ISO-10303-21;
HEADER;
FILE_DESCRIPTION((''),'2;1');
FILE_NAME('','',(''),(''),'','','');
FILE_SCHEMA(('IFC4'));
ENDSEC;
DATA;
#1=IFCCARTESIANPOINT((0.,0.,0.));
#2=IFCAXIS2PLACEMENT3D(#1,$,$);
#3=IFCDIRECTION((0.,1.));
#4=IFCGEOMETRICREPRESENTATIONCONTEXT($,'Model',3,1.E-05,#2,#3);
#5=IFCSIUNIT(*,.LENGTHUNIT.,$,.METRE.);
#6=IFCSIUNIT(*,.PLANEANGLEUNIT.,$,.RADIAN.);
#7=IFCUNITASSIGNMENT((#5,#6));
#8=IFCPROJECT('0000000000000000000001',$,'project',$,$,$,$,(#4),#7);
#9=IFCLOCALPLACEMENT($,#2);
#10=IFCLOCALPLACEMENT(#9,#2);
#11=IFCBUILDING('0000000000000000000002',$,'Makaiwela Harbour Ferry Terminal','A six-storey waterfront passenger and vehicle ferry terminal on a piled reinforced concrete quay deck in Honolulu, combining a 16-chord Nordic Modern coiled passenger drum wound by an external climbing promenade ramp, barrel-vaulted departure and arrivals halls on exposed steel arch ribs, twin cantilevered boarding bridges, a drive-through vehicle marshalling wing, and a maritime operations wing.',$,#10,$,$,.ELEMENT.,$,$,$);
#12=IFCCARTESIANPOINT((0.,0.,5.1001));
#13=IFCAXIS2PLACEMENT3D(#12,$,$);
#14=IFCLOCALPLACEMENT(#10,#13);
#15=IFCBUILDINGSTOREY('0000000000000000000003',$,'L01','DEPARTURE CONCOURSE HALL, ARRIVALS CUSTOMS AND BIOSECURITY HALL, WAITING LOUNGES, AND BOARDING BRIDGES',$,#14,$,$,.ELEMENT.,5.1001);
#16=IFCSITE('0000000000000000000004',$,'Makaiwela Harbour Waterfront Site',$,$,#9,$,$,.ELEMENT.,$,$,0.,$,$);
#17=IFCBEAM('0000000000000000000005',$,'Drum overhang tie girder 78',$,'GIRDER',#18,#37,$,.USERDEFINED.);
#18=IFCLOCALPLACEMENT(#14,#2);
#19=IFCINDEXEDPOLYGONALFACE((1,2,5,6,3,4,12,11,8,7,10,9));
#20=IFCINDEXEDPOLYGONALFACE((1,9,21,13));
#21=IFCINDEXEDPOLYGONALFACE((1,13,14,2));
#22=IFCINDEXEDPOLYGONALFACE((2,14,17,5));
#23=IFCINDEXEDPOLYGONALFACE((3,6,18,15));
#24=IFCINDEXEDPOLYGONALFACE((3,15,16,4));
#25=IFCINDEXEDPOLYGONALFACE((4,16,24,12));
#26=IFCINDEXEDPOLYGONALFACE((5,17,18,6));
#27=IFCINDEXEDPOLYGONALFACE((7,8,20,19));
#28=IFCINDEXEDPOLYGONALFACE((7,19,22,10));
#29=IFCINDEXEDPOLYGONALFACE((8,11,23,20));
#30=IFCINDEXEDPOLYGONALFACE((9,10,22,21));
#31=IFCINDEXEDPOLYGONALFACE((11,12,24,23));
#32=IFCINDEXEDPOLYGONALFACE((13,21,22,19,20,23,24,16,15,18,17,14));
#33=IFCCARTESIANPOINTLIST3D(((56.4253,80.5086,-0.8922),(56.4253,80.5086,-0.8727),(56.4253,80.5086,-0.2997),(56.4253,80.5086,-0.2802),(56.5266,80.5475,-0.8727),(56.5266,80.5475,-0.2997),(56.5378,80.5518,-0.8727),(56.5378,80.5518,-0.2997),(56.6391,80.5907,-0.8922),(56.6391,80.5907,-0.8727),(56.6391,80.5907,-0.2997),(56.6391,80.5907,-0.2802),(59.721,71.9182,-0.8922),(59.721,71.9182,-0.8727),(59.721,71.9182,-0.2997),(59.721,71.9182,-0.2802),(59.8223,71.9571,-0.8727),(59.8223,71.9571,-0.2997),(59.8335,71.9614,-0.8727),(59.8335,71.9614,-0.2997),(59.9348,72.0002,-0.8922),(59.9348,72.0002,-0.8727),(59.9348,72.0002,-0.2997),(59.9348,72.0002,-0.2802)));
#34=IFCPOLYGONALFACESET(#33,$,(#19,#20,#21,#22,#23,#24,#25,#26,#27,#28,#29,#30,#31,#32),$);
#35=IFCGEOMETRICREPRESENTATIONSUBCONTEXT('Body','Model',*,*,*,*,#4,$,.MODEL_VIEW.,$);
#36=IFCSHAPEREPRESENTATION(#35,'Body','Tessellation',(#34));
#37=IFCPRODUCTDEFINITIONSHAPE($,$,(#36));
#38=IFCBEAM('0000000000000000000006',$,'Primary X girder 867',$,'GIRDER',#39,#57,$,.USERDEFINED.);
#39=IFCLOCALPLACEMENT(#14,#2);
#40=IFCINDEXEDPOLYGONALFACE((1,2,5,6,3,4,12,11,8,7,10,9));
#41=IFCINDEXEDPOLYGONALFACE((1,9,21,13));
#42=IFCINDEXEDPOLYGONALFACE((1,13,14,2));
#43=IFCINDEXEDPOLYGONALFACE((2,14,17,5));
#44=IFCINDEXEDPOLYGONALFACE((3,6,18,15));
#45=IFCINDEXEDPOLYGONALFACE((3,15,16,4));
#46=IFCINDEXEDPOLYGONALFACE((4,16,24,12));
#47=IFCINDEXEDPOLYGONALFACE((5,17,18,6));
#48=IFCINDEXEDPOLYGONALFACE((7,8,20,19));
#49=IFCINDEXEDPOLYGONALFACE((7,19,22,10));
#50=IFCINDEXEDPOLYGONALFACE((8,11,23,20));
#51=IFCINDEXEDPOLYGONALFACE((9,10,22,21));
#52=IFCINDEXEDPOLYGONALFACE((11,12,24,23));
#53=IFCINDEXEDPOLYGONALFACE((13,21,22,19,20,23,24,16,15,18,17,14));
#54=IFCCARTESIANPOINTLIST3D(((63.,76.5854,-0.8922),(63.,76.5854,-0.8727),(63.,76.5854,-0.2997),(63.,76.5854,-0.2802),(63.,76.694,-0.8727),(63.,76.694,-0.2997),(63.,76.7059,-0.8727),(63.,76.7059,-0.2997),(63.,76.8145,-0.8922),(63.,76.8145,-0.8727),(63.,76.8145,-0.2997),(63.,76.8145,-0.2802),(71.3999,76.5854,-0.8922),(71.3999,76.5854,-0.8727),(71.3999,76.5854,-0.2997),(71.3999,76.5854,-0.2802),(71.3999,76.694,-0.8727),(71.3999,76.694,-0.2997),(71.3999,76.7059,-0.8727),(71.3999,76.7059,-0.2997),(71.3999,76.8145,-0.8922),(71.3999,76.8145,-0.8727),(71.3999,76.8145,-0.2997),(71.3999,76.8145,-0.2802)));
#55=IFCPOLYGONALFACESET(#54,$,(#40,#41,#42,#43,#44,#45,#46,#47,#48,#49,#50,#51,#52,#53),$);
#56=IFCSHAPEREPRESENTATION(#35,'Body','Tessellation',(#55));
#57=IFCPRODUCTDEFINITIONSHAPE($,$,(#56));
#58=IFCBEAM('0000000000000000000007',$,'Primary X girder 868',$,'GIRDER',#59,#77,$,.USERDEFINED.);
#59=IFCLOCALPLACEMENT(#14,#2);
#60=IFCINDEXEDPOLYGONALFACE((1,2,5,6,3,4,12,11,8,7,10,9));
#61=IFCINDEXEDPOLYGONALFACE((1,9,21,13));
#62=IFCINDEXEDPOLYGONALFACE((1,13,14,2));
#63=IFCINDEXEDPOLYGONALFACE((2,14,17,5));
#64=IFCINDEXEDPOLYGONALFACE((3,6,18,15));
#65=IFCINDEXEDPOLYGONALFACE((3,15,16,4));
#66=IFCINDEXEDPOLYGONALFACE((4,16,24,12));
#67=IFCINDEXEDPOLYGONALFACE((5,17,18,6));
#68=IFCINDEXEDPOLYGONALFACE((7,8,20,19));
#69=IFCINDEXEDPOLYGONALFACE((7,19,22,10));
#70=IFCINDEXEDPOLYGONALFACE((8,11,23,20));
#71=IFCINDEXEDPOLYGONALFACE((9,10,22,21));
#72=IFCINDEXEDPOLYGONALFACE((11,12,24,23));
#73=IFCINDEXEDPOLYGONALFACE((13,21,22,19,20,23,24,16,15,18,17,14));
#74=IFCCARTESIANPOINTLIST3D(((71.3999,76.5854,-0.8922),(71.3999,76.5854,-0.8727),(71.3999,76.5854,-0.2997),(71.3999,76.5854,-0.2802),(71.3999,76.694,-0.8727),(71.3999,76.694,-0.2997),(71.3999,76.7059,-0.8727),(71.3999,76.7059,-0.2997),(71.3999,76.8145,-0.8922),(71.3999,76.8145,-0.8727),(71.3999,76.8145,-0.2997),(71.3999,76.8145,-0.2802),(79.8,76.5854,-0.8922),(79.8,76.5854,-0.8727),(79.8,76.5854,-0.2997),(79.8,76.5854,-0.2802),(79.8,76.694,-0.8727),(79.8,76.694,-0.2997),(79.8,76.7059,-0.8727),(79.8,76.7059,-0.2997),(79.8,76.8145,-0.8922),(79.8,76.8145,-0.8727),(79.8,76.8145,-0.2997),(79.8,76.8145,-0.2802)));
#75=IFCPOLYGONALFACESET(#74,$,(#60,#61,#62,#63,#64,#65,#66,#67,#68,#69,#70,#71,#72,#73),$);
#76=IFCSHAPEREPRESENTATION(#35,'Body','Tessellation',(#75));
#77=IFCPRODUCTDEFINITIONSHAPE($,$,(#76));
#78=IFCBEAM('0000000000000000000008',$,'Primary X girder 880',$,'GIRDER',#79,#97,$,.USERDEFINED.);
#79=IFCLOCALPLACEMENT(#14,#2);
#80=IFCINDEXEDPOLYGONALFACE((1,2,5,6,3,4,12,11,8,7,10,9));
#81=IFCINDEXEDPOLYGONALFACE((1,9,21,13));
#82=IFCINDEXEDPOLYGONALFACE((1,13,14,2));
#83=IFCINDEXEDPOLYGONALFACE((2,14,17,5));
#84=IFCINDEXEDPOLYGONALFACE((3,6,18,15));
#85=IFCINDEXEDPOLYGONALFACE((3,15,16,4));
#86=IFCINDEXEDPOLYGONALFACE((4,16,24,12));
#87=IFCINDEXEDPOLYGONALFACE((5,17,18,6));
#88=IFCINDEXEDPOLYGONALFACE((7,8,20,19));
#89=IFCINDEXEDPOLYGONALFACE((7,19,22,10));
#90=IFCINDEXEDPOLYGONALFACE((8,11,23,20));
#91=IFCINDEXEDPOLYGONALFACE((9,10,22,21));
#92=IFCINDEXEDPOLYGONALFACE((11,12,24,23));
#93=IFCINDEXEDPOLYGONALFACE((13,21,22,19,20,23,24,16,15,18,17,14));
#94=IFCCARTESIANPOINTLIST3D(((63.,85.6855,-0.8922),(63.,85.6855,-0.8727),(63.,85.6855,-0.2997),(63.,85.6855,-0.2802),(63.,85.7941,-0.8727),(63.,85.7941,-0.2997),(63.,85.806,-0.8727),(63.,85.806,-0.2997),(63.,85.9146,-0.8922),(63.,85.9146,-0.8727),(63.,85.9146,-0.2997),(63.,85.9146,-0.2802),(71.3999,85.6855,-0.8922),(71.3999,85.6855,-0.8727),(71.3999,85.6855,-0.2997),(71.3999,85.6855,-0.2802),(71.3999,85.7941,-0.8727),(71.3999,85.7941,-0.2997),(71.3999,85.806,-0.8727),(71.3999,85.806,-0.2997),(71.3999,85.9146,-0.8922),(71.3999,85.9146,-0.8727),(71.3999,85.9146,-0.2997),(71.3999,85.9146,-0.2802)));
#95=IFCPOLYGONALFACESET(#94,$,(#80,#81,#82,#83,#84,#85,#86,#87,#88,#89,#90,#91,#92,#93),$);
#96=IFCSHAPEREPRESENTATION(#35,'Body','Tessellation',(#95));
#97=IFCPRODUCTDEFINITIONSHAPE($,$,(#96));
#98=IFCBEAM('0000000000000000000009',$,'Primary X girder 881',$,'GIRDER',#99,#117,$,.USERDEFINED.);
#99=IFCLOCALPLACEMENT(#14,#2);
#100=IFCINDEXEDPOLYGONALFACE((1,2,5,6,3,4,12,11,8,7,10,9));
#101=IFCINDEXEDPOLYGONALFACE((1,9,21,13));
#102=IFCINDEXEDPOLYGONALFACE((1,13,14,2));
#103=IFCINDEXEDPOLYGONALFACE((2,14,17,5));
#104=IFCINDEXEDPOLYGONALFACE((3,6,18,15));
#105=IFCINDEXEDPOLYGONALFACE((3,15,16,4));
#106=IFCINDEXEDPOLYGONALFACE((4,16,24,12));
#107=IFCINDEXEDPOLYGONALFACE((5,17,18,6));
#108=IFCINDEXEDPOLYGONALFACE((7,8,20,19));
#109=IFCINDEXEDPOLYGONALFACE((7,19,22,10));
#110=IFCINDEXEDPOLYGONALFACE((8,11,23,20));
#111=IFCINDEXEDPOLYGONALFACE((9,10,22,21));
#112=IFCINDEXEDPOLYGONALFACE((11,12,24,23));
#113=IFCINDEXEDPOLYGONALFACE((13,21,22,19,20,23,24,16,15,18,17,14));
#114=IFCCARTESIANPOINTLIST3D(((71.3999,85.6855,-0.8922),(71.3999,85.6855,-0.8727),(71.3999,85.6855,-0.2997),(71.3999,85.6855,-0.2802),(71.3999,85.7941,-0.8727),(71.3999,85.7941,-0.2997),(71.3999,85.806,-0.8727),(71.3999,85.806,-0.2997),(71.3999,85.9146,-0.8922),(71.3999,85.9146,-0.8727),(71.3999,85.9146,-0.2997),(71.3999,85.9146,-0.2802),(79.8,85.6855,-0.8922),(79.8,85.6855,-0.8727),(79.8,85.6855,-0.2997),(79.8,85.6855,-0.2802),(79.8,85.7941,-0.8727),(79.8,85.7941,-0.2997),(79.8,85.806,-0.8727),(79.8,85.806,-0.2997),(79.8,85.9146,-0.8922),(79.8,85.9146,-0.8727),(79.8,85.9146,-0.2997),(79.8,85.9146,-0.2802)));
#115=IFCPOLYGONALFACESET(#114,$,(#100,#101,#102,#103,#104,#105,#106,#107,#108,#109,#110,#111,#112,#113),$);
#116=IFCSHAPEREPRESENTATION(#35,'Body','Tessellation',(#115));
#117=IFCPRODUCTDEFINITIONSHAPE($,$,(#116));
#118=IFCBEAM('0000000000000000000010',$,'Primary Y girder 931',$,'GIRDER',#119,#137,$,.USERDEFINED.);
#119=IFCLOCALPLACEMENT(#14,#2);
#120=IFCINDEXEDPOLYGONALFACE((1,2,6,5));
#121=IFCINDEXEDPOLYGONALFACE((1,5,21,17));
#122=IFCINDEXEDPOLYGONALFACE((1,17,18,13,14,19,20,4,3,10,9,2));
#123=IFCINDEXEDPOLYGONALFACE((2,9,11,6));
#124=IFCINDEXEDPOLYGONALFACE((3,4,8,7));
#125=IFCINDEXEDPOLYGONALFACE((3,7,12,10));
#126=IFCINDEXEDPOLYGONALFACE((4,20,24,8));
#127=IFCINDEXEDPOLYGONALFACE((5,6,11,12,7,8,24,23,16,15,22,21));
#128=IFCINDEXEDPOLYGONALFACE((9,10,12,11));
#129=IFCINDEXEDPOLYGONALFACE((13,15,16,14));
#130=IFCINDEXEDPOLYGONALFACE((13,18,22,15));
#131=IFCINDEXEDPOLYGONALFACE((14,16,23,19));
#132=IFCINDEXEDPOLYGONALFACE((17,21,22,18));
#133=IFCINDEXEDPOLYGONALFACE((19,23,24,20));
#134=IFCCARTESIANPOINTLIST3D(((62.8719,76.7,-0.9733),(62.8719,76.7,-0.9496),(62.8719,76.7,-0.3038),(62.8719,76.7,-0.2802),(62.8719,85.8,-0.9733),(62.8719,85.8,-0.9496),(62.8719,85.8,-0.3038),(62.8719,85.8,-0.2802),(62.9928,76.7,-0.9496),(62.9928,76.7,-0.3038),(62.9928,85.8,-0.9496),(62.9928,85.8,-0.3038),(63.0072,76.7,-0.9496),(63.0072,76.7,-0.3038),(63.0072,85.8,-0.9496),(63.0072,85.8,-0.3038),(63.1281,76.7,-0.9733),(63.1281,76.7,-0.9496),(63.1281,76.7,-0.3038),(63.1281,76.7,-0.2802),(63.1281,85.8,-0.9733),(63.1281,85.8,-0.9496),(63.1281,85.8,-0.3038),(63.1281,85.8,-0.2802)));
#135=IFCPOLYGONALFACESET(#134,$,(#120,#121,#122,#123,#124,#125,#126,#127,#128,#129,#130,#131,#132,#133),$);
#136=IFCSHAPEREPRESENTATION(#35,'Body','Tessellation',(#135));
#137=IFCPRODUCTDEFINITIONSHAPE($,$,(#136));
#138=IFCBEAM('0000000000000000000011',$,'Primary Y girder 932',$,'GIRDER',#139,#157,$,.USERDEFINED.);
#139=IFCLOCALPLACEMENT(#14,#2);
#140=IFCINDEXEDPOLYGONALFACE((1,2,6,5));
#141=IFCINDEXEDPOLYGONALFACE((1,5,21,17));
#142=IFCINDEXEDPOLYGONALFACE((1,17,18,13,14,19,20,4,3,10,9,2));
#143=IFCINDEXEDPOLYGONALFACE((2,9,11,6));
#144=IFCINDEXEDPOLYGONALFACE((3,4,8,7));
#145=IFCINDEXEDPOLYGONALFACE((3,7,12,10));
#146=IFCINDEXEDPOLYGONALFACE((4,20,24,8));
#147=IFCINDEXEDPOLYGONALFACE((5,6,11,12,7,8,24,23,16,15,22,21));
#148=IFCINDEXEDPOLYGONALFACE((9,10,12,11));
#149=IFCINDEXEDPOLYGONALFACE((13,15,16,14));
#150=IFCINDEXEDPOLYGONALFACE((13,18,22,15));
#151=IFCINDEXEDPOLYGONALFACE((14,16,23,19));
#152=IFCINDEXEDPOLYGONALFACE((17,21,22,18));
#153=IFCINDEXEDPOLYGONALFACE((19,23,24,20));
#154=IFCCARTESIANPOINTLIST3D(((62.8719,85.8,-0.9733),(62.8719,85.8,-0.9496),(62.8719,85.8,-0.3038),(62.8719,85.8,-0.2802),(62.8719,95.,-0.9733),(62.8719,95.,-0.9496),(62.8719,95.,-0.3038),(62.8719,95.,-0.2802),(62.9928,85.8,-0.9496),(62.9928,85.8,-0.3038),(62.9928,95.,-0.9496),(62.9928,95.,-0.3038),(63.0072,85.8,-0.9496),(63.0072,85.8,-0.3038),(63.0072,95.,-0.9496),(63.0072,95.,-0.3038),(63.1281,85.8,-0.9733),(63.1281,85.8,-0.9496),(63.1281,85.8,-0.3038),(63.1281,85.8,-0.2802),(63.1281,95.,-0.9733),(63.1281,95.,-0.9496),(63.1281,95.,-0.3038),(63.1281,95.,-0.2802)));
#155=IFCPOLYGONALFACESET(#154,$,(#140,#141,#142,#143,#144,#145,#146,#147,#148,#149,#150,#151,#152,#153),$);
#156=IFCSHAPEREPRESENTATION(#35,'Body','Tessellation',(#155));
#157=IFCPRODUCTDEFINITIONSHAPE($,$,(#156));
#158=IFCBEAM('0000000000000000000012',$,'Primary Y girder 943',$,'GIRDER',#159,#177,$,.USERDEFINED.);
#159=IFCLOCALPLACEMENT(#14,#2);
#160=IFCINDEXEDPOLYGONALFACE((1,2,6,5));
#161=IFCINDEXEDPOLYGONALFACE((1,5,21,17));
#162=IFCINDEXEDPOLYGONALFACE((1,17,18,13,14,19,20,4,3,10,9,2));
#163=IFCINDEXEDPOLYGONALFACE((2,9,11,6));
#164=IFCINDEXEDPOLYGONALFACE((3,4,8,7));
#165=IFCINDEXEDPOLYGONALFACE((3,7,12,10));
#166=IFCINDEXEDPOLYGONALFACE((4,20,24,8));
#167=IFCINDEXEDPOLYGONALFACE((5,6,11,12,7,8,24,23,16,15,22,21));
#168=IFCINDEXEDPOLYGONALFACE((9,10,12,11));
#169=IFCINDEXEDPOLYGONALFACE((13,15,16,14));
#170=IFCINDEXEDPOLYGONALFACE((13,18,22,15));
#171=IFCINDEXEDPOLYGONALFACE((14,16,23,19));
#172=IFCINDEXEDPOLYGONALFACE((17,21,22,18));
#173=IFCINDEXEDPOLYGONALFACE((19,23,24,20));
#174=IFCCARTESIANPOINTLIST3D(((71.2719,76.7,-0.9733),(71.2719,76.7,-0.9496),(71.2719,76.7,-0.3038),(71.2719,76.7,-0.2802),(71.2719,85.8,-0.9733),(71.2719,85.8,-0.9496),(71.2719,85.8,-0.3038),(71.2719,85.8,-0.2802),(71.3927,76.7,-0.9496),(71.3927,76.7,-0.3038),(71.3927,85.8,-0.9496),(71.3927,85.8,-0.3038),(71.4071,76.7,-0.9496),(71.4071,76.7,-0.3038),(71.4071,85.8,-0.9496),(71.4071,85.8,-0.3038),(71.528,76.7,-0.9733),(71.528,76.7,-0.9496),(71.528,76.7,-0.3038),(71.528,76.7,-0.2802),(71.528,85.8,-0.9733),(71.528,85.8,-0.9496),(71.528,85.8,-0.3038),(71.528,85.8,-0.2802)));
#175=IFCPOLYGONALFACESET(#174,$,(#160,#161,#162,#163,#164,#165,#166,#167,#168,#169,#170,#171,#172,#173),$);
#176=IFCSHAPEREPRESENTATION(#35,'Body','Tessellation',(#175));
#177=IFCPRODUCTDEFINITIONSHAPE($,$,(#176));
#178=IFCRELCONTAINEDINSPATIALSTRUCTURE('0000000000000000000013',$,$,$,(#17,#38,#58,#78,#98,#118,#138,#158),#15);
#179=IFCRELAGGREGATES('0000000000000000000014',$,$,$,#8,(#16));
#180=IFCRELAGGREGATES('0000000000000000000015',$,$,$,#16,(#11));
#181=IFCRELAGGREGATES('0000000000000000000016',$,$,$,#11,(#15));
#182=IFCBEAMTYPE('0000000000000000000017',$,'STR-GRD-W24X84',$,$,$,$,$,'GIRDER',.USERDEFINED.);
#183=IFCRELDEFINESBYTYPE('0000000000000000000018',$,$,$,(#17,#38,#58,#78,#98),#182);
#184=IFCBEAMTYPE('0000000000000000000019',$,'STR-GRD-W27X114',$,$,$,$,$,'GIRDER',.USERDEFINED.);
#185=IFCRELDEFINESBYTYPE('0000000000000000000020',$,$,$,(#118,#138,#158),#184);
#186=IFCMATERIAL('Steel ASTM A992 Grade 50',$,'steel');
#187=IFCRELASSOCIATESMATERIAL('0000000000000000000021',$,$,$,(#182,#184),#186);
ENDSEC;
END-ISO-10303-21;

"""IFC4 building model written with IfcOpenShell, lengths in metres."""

from ifc_helpers import new_model, si_unit, direction, frame, origin, origin_2d, place, context, subcontext, project, spatial, i_section, extrude, material, material_profile, profile_set, type_object, element, save


model = new_model("IFC4")

# Units and contexts
model_context = context("Model", 3, precision=1e-05, world=origin(), true_north=direction((0.0, 1.0)))
body_context = subcontext(model_context, "Body", "Model", "MODEL_VIEW")
ifc_project = project(units=[si_unit("LENGTHUNIT", "METRE"), si_unit("PLANEANGLEUNIT", "RADIAN")], contexts=[model_context])

# Site, building, storey
site_placement = place(None, origin())
site = spatial("IfcSite", under=ifc_project, at=site_placement, Name="Makaiwela Harbour Waterfront Site", CompositionType="ELEMENT", RefElevation=0.0)
building_placement = place(site_placement, origin())
building = spatial("IfcBuilding", under=site, at=building_placement, Name="Makaiwela Harbour Ferry Terminal", Description="A six-storey waterfront passenger and vehicle ferry terminal on a piled reinforced concrete quay deck in Honolulu, combining a 16-chord Nordic Modern coiled passenger drum wound by an external climbing promenade ramp, barrel-vaulted departure and arrivals halls on exposed steel arch ribs, twin cantilevered boarding bridges, a drive-through vehicle marshalling wing, and a maritime operations wing.", CompositionType="ELEMENT")
storey_placement = place(building_placement, frame((0.0, 0.0, 5.1001)))
storey = spatial("IfcBuildingStorey", under=building, at=storey_placement, Name="L01", Description="DEPARTURE CONCOURSE HALL, ARRIVALS CUSTOMS AND BIOSECURITY HALL, WAITING LOUNGES, AND BOARDING BRIDGES", CompositionType="ELEMENT", Elevation=5.1001)

# Shared definitions
ifc_material_1 = material(Name="Steel ASTM A992 Grade 50", Category="steel")

# Beams
ifc_material_profile_1 = material_profile(ifc_material_1, i_section(OverallWidth=0.229, OverallDepth=0.6121, WebThickness=0.012, FlangeThickness=0.0195, at=origin_2d()), Name="W24X84")
ifc_profile_set_1 = profile_set([ifc_material_profile_1], Name="Steel ASTM A992 Grade 50")
beam_type_1 = type_object("IfcBeamType", Name="STR-GRD-W24X84", ElementType="GIRDER", PredefinedType="USERDEFINED", material=ifc_profile_set_1)
beam_1_placement = place(storey_placement, frame((59.8279, 71.9592, -0.5862), z_axis=(-0.358191, 0.933648, 0.0), x_axis=(-0.933648, -0.358191, 0.0)))
element("IfcBeam", 1, at=beam_1_placement, inside=storey, type_object=beam_type_1, Name="Drum overhang tie girder 78", ObjectType="GIRDER", PredefinedType="USERDEFINED", context=body_context, shape_type="SweptSolid", body=[
    extrude(i_section(OverallWidth=0.229, OverallDepth=0.6121, WebThickness=0.012, FlangeThickness=0.0195, at=origin_2d()), origin(), (0.0, 0.0, 1.0), 9.2009),
])
beam_2_placement = place(storey_placement, frame((63.0, 76.7, -0.5862), z_axis=(1.0, 0.0, 0.0), x_axis=(0.0, 1.0, 0.0)))
element("IfcBeam", 2, at=beam_2_placement, inside=storey, type_object=beam_type_1, Name="Primary X girder 867", ObjectType="GIRDER", PredefinedType="USERDEFINED", context=body_context, shape_type="SweptSolid", body=[
    extrude(i_section(OverallWidth=0.229, OverallDepth=0.6121, WebThickness=0.012, FlangeThickness=0.0195, at=origin_2d()), origin(), (0.0, 0.0, 1.0), 8.3999),
])
beam_3_placement = place(storey_placement, frame((71.3999, 76.7, -0.5862), z_axis=(1.0, 0.0, 0.0), x_axis=(0.0, 1.0, 0.0)))
element("IfcBeam", 3, at=beam_3_placement, inside=storey, type_object=beam_type_1, Name="Primary X girder 868", ObjectType="GIRDER", PredefinedType="USERDEFINED", context=body_context, shape_type="SweptSolid", body=[
    extrude(i_section(OverallWidth=0.229, OverallDepth=0.6121, WebThickness=0.012, FlangeThickness=0.0195, at=origin_2d()), origin(), (0.0, 0.0, 1.0), 8.4001),
])
beam_4_placement = place(storey_placement, frame((63.0, 85.8, -0.5862), z_axis=(1.0, 0.0, 0.0), x_axis=(0.0, 1.0, 0.0)))
element("IfcBeam", 4, at=beam_4_placement, inside=storey, type_object=beam_type_1, Name="Primary X girder 880", ObjectType="GIRDER", PredefinedType="USERDEFINED", context=body_context, shape_type="SweptSolid", body=[
    extrude(i_section(OverallWidth=0.229, OverallDepth=0.6121, WebThickness=0.012, FlangeThickness=0.0195, at=origin_2d()), origin(), (0.0, 0.0, 1.0), 8.3999),
])
beam_5_placement = place(storey_placement, frame((71.3999, 85.8, -0.5862), z_axis=(1.0, 0.0, 0.0), x_axis=(0.0, 1.0, 0.0)))
element("IfcBeam", 5, at=beam_5_placement, inside=storey, type_object=beam_type_1, Name="Primary X girder 881", ObjectType="GIRDER", PredefinedType="USERDEFINED", context=body_context, shape_type="SweptSolid", body=[
    extrude(i_section(OverallWidth=0.229, OverallDepth=0.6121, WebThickness=0.012, FlangeThickness=0.0195, at=origin_2d()), origin(), (0.0, 0.0, 1.0), 8.4001),
])
ifc_material_profile_2 = material_profile(ifc_material_1, i_section(OverallWidth=0.2561, OverallDepth=0.6931, WebThickness=0.0144, FlangeThickness=0.0237, at=origin_2d()), Name="W27X114")
ifc_profile_set_2 = profile_set([ifc_material_profile_2], Name="Steel ASTM A992 Grade 50")
beam_type_2 = type_object("IfcBeamType", Name="STR-GRD-W27X114", ElementType="GIRDER", PredefinedType="USERDEFINED", material=ifc_profile_set_2)
beam_6_placement = place(storey_placement, frame((63.0, 76.7, -0.6267), z_axis=(0.0, 1.0, 0.0), x_axis=(-1.0, 0.0, 0.0)))
element("IfcBeam", 6, at=beam_6_placement, inside=storey, type_object=beam_type_2, Name="Primary Y girder 931", ObjectType="GIRDER", PredefinedType="USERDEFINED", context=body_context, shape_type="SweptSolid", body=[
    extrude(i_section(OverallWidth=0.2561, OverallDepth=0.6931, WebThickness=0.0144, FlangeThickness=0.0237, at=origin_2d()), origin(), (0.0, 0.0, 1.0), 9.1001),
])
beam_7_placement = place(storey_placement, frame((63.0, 85.8, -0.6267), z_axis=(0.0, 1.0, 0.0), x_axis=(-1.0, 0.0, 0.0)))
element("IfcBeam", 7, at=beam_7_placement, inside=storey, type_object=beam_type_2, Name="Primary Y girder 932", ObjectType="GIRDER", PredefinedType="USERDEFINED", context=body_context, shape_type="SweptSolid", body=[
    extrude(i_section(OverallWidth=0.2561, OverallDepth=0.6931, WebThickness=0.0144, FlangeThickness=0.0237, at=origin_2d()), origin(), (0.0, 0.0, 1.0), 9.2),
])
beam_8_placement = place(storey_placement, frame((71.3999, 76.7, -0.6267), z_axis=(0.0, 1.0, 0.0), x_axis=(-1.0, 0.0, 0.0)))
element("IfcBeam", 8, at=beam_8_placement, inside=storey, type_object=beam_type_2, Name="Primary Y girder 943", ObjectType="GIRDER", PredefinedType="USERDEFINED", context=body_context, shape_type="SweptSolid", body=[
    extrude(i_section(OverallWidth=0.2561, OverallDepth=0.6931, WebThickness=0.0144, FlangeThickness=0.0237, at=origin_2d()), origin(), (0.0, 0.0, 1.0), 9.1001),
])

save(model, "model.ifc")
